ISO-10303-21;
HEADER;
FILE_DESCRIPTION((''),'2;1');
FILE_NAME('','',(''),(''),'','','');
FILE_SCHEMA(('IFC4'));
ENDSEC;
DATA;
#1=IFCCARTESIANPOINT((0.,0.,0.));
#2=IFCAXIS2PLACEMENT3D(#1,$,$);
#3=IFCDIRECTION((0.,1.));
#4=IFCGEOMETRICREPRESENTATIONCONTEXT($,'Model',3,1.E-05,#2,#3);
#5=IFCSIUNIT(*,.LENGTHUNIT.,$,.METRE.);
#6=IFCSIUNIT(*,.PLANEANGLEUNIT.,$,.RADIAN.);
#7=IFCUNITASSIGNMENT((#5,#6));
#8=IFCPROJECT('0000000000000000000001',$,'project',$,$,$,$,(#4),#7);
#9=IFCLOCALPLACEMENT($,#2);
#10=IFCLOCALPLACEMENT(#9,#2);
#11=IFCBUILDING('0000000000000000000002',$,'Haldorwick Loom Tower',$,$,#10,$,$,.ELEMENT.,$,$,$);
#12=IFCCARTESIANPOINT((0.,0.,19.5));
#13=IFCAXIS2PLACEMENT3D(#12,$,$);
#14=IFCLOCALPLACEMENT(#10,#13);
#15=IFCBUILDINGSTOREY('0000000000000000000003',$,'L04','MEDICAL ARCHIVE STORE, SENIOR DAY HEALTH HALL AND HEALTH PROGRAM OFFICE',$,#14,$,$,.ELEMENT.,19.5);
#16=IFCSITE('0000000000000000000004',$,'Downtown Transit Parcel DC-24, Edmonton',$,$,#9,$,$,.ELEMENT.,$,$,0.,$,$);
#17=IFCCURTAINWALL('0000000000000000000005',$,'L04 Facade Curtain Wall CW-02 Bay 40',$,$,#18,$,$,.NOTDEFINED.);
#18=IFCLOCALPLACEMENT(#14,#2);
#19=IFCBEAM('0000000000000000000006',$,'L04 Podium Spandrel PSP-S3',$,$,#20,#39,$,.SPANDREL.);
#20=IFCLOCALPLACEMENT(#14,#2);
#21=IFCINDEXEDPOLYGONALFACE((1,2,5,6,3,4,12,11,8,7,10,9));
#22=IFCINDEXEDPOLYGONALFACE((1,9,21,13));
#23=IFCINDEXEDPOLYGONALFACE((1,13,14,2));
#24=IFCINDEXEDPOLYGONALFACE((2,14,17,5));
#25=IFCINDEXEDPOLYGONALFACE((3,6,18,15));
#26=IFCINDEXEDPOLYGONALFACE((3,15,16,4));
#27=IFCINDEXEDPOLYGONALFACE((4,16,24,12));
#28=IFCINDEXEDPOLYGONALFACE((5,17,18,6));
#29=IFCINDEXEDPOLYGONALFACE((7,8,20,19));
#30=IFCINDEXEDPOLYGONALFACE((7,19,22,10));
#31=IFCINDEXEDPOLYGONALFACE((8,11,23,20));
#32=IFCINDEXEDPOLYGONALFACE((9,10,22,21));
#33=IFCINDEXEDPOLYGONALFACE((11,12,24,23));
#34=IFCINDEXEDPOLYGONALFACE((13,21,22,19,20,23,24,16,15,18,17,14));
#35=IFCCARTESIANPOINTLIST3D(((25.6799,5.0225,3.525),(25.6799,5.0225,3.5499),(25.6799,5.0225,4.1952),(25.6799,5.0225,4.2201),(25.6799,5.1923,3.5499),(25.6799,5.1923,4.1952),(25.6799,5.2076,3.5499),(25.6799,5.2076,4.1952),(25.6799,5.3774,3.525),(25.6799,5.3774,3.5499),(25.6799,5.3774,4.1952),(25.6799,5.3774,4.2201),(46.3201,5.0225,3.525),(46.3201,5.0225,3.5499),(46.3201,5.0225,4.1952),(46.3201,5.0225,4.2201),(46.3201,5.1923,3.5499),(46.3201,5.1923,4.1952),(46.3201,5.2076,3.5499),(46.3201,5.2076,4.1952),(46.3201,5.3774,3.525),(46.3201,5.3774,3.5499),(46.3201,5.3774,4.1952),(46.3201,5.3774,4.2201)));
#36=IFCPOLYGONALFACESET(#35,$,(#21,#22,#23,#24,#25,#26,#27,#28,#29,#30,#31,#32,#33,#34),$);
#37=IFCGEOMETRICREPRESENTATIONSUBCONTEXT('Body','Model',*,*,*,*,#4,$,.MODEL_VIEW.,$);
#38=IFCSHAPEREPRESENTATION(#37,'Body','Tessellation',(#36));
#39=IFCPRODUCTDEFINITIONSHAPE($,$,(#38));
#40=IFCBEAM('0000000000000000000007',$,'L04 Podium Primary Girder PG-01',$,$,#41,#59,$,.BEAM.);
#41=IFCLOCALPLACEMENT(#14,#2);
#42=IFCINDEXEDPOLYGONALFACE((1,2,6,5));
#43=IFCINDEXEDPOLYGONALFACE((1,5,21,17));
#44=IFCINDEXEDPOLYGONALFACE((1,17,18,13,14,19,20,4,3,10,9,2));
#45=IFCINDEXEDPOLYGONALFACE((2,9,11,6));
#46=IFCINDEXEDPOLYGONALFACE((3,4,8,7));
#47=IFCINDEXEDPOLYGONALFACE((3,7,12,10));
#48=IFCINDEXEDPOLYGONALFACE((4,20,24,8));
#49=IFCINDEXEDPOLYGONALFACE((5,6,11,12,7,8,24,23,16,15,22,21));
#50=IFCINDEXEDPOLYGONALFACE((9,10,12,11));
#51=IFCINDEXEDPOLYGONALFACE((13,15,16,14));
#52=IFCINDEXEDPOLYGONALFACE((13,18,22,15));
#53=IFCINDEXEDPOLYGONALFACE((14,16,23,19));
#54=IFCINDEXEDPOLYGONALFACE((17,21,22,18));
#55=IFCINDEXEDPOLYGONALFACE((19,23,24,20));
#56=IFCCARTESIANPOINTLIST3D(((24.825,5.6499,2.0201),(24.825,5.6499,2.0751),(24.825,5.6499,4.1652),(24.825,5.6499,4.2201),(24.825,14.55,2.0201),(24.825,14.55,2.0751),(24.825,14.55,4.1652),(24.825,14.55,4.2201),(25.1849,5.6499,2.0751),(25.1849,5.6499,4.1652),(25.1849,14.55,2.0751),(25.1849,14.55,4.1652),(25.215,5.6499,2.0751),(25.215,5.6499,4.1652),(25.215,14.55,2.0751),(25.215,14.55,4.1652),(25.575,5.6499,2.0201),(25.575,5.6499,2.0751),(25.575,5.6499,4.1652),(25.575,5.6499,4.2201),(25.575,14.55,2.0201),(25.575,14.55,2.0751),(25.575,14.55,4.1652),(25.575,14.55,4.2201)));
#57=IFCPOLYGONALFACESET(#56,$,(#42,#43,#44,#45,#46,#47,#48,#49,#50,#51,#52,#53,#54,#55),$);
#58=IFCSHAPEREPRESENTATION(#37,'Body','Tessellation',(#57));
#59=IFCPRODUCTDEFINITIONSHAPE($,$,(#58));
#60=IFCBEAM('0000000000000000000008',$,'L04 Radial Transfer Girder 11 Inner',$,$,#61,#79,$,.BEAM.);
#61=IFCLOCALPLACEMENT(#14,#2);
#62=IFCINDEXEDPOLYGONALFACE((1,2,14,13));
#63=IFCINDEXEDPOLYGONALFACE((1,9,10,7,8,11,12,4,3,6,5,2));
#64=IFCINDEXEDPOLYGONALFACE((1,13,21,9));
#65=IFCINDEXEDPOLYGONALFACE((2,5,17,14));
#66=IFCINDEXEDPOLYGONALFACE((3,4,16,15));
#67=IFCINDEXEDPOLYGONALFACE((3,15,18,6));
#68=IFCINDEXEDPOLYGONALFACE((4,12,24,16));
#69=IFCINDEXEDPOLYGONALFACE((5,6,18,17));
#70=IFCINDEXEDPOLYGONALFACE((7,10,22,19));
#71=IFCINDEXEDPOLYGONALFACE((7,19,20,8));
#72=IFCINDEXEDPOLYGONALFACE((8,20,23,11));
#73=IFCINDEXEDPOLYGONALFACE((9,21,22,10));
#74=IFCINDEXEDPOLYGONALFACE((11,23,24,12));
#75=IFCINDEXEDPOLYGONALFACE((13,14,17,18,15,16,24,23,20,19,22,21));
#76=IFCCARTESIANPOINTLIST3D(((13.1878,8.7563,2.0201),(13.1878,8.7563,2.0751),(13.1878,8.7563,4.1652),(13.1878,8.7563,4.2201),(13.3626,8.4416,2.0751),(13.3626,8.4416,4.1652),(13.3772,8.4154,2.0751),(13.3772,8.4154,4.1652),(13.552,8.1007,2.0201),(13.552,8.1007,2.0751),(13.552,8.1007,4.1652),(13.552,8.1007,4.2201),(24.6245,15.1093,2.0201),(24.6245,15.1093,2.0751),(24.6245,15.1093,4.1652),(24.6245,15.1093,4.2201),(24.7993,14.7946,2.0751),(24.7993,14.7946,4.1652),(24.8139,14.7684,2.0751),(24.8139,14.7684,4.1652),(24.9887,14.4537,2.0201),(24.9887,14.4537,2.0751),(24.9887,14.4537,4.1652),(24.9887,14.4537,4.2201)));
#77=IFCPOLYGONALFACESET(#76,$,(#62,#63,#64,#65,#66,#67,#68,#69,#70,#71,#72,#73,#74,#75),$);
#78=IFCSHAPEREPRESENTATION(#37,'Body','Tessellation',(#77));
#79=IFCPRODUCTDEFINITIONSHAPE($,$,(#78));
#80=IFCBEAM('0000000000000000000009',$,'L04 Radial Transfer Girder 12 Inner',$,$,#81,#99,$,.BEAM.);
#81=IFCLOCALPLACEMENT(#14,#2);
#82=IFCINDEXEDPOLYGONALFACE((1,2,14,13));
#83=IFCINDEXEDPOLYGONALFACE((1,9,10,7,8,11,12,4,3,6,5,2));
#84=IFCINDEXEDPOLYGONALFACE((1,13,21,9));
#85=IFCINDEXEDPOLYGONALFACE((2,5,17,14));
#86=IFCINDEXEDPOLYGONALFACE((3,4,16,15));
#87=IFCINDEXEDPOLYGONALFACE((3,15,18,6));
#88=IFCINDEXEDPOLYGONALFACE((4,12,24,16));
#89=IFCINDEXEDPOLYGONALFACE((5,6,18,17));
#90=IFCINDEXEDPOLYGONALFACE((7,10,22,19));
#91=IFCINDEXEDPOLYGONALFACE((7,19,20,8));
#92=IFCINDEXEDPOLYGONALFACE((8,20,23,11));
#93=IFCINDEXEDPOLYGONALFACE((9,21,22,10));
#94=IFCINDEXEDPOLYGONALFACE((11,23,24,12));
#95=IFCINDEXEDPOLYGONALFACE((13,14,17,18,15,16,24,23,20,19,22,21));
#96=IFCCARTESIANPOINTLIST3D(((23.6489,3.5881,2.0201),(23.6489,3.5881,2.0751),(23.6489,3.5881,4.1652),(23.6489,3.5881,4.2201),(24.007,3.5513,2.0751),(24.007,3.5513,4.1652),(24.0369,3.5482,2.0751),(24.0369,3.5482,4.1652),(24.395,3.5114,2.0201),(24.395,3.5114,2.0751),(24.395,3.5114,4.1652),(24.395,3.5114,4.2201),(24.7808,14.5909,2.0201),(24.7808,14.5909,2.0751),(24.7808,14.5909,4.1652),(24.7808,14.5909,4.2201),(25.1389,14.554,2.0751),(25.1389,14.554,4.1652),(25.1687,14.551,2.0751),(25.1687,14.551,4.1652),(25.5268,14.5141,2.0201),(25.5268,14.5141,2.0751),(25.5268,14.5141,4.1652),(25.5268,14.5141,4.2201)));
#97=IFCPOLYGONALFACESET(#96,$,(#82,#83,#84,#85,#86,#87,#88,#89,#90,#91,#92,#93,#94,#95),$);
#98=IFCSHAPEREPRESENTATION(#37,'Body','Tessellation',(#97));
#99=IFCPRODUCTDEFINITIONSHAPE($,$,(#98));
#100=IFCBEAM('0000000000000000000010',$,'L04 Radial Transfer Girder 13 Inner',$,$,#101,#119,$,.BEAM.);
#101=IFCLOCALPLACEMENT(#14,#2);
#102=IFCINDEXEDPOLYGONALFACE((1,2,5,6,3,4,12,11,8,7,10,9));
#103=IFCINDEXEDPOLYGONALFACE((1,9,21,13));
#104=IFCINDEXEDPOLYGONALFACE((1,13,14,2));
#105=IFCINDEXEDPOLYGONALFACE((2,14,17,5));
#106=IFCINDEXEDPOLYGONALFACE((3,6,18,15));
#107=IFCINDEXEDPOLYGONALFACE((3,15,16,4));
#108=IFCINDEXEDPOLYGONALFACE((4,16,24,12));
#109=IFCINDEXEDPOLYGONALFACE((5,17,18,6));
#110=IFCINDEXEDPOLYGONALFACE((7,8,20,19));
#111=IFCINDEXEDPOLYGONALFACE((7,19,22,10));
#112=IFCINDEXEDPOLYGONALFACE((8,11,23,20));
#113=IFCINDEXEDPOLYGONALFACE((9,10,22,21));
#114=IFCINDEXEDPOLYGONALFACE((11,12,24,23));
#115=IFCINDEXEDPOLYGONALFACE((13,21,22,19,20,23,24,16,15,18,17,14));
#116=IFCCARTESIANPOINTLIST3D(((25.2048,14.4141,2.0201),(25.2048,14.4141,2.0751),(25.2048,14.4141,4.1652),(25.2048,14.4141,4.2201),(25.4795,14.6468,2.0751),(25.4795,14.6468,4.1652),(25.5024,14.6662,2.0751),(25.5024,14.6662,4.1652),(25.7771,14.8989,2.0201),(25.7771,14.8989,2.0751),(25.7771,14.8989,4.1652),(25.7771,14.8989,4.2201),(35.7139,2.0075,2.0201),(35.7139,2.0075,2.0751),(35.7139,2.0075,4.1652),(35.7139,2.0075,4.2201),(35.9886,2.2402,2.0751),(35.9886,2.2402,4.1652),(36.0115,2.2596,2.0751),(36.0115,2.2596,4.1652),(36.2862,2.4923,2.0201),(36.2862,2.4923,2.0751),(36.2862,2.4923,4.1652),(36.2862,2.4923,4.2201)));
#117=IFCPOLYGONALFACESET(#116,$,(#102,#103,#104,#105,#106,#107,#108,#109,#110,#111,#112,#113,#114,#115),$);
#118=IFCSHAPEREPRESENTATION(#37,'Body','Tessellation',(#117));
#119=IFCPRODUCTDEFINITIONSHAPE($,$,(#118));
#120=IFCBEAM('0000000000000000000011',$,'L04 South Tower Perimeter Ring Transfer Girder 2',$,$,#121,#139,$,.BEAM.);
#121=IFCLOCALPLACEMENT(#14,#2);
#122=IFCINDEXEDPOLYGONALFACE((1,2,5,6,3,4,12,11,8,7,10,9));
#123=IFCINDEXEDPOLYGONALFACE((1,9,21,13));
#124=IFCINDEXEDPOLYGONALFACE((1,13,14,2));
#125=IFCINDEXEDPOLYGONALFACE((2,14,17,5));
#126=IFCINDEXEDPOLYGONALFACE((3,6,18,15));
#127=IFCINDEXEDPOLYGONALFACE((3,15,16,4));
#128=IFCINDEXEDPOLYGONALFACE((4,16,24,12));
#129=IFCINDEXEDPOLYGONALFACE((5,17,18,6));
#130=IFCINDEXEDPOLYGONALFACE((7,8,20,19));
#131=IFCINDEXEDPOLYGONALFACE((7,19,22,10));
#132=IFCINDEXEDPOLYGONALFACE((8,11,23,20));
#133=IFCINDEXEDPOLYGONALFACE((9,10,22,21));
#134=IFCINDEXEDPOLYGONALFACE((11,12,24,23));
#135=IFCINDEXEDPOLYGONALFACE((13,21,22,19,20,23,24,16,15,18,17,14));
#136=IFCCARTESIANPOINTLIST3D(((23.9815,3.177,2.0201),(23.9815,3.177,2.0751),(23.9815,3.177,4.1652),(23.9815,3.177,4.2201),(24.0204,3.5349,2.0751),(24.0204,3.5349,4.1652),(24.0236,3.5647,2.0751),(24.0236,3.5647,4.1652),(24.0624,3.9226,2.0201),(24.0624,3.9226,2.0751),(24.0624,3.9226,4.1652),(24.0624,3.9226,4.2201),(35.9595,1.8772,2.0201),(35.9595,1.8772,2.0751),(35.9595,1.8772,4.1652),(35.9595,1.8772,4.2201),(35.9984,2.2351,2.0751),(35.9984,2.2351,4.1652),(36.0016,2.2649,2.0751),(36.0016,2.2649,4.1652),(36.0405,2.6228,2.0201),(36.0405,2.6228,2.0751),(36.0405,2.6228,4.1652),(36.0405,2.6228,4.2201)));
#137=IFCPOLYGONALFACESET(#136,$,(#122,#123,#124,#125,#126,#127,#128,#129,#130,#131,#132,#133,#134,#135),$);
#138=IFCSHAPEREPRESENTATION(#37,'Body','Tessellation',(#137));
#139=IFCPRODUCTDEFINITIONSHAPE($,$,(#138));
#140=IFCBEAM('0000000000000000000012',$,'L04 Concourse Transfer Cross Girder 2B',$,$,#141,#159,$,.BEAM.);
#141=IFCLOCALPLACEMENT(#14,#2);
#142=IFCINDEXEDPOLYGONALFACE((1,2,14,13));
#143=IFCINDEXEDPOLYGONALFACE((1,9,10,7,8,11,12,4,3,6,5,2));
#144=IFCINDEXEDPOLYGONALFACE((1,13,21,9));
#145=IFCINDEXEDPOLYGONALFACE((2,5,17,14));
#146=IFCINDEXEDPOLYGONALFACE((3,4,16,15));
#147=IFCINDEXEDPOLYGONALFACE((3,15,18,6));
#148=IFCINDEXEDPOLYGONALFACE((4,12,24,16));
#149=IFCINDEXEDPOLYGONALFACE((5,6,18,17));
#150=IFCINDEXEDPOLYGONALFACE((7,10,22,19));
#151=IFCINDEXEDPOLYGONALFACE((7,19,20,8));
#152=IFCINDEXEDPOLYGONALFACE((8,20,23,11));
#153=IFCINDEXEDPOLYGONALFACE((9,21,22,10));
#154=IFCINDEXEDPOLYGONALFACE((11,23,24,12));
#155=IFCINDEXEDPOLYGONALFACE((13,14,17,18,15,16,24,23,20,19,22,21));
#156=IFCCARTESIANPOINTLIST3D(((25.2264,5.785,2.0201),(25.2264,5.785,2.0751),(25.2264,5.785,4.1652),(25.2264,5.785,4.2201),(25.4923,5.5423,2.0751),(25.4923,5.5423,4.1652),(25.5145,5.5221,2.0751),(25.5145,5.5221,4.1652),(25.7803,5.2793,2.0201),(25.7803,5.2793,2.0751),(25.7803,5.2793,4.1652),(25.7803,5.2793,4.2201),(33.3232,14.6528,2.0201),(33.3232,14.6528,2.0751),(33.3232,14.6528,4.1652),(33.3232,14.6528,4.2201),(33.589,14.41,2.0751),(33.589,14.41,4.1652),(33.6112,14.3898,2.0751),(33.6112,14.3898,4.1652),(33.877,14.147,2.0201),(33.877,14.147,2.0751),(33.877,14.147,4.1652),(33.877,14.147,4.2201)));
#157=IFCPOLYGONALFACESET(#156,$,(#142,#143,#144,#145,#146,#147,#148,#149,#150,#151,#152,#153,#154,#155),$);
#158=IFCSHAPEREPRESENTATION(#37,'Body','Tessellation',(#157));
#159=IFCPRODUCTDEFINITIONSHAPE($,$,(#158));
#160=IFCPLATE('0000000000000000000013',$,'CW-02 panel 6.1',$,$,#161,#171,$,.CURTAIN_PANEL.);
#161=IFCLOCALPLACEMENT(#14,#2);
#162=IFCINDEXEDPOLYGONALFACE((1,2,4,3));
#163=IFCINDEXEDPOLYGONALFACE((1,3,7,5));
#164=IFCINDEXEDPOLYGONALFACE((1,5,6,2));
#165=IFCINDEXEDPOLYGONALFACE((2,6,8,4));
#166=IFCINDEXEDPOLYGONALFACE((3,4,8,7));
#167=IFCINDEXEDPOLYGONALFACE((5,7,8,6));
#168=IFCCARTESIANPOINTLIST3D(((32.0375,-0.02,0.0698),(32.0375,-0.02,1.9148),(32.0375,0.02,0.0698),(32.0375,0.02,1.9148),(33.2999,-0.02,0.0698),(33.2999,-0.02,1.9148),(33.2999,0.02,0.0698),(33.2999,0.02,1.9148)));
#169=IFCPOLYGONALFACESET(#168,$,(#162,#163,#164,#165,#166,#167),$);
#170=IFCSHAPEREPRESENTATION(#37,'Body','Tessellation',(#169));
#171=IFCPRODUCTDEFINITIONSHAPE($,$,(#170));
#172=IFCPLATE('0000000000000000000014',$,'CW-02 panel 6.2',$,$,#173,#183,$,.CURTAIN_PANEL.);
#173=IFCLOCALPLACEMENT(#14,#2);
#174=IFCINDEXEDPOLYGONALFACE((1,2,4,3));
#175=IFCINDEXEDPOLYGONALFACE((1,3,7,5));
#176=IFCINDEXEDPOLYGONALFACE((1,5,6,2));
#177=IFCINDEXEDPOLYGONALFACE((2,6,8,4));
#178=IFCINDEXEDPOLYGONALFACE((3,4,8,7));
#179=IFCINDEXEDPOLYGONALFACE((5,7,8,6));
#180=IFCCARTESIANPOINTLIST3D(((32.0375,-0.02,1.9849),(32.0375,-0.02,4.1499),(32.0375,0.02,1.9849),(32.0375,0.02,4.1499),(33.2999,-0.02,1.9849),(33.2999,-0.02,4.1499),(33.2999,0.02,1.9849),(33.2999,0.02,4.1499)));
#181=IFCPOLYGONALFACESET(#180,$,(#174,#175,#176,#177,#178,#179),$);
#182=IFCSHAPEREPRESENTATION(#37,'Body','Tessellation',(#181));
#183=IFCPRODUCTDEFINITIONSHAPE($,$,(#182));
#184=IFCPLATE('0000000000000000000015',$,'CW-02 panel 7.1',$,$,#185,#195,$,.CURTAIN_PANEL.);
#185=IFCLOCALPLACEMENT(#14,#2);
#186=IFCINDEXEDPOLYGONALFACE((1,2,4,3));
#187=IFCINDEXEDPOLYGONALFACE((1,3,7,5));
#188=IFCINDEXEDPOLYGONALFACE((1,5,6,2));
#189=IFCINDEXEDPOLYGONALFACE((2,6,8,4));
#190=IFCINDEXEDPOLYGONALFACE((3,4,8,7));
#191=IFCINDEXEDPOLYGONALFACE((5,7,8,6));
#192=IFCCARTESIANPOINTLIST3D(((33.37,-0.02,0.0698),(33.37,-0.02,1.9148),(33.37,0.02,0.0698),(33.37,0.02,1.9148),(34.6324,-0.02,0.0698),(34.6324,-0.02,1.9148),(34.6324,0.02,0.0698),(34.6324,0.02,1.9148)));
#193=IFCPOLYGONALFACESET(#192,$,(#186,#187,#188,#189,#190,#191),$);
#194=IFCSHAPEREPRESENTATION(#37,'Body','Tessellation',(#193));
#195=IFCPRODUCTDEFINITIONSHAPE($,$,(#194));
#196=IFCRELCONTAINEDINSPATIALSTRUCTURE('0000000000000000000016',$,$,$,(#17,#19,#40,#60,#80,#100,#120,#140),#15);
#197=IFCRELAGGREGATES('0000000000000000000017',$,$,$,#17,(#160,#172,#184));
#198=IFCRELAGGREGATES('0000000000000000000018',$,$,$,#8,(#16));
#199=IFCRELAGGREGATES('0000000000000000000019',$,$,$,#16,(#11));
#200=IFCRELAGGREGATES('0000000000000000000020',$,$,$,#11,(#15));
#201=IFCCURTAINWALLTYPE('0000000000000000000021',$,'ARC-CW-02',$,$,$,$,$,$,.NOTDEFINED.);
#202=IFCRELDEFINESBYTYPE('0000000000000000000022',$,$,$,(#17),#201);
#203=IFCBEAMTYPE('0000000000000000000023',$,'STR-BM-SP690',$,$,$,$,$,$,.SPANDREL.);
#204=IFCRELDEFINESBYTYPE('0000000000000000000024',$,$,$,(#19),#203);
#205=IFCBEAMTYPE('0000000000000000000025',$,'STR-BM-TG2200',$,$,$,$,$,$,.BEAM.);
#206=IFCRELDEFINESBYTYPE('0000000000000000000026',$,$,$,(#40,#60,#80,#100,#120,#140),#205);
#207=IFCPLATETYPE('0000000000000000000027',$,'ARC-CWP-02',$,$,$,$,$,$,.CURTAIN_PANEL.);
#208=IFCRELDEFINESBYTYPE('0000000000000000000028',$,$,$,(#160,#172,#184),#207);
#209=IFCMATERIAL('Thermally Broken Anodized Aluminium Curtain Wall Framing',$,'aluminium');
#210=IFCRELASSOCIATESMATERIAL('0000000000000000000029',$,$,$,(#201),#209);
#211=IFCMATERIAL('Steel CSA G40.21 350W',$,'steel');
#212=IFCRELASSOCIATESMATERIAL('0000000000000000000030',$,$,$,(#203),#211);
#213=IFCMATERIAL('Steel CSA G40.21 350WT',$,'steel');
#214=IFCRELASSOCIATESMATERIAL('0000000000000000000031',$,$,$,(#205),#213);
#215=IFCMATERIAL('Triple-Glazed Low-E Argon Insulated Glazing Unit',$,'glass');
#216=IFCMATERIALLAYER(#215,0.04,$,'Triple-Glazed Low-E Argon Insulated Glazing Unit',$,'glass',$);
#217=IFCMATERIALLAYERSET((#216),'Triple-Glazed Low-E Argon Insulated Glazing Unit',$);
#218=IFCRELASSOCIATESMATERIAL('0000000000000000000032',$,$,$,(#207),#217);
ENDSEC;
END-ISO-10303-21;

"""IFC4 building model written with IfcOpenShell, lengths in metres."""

from ifc_helpers import new_model, si_unit, direction, frame, origin, origin_2d, place, context, subcontext, project, spatial, rectangle, i_section, extrude, material, layer, layer_set, material_profile, profile_set, type_object, element, aggregate, save


model = new_model("IFC4")

# Units and contexts
model_context = context("Model", 3, precision=1e-05, world=origin(), true_north=direction((0.0, 1.0)))
body_context = subcontext(model_context, "Body", "Model", "MODEL_VIEW")
ifc_project = project(units=[si_unit("LENGTHUNIT", "METRE"), si_unit("PLANEANGLEUNIT", "RADIAN")], contexts=[model_context])

# Site, building, storey
site_placement = place(None, origin())
site = spatial("IfcSite", under=ifc_project, at=site_placement, Name="Downtown Transit Parcel DC-24, Edmonton", CompositionType="ELEMENT", RefElevation=0.0)
building_placement = place(site_placement, origin())
building = spatial("IfcBuilding", under=site, at=building_placement, Name="Haldorwick Loom Tower", CompositionType="ELEMENT")
storey_placement = place(building_placement, frame((0.0, 0.0, 19.5)))
storey = spatial("IfcBuildingStorey", under=building, at=storey_placement, Name="L04", Description="MEDICAL ARCHIVE STORE, SENIOR DAY HEALTH HALL AND HEALTH PROGRAM OFFICE", CompositionType="ELEMENT", Elevation=19.5)

# Curtain wall
ifc_material_1 = material(Name="Thermally Broken Anodized Aluminium Curtain Wall Framing", Category="aluminium")
curtain_wall_type = type_object("IfcCurtainWallType", Name="ARC-CW-02", PredefinedType="NOTDEFINED", material=ifc_material_1)
curtain_wall_placement = place(storey_placement, origin())
curtain_wall = element("IfcCurtainWall", 1, at=curtain_wall_placement, inside=storey, type_object=curtain_wall_type, Name="L04 Facade Curtain Wall CW-02 Bay 40", PredefinedType="NOTDEFINED")

# Beams
ifc_material_2 = material(Name="Steel CSA G40.21 350W", Category="steel")
ifc_material_profile_1 = material_profile(ifc_material_2, i_section(OverallWidth=0.355, OverallDepth=0.6951, WebThickness=0.0154, FlangeThickness=0.0249, at=origin_2d()), Name="W690X217", Category="steel")
ifc_profile_set_1 = profile_set([ifc_material_profile_1], Name="Steel CSA G40.21 350W")
beam_type_1 = type_object("IfcBeamType", Name="STR-BM-SP690", PredefinedType="SPANDREL", material=ifc_profile_set_1)
beam_1_placement = place(storey_placement, frame((25.6799, 5.2, 3.8726), z_axis=(1.0, 0.0, 0.0), x_axis=(0.0, 1.0, 0.0)))
element("IfcBeam", 2, at=beam_1_placement, inside=storey, type_object=beam_type_1, Name="L04 Podium Spandrel PSP-S3", PredefinedType="SPANDREL", context=body_context, shape_type="SweptSolid", body=[
    extrude(i_section(OverallWidth=0.355, OverallDepth=0.6951, WebThickness=0.0154, FlangeThickness=0.0249, at=origin_2d()), origin(), (0.0, 0.0, 1.0), 20.6401),
])
ifc_material_3 = material(Name="Steel CSA G40.21 350WT", Category="steel")
ifc_material_profile_2 = material_profile(ifc_material_3, i_section(OverallWidth=0.75, OverallDepth=2.2, WebThickness=0.03, FlangeThickness=0.0549, at=origin_2d()), Name="WWF2200X750", Category="steel")
ifc_profile_set_2 = profile_set([ifc_material_profile_2], Name="Steel CSA G40.21 350WT")
beam_type_2 = type_object("IfcBeamType", Name="STR-BM-TG2200", PredefinedType="BEAM", material=ifc_profile_set_2)
beam_2_placement = place(storey_placement, frame((25.2, 5.6499, 3.1201), z_axis=(0.0, 1.0, 0.0), x_axis=(-1.0, 0.0, 0.0)))
element("IfcBeam", 3, at=beam_2_placement, inside=storey, type_object=beam_type_2, Name="L04 Podium Primary Girder PG-01", PredefinedType="BEAM", context=body_context, shape_type="SweptSolid", body=[
    extrude(i_section(OverallWidth=0.75, OverallDepth=2.2, WebThickness=0.03, FlangeThickness=0.0549, at=origin_2d()), origin(), (0.0, 0.0, 1.0), 8.9001),
])
beam_3_placement = place(storey_placement, frame((24.8066, 14.7815, 3.1201), z_axis=(-0.874181, -0.4856, 0.0), x_axis=(0.4856, -0.874181, 0.0)))
element("IfcBeam", 4, at=beam_3_placement, inside=storey, type_object=beam_type_2, Name="L04 Radial Transfer Girder 11 Inner", PredefinedType="BEAM", context=body_context, shape_type="SweptSolid", body=[
    extrude(i_section(OverallWidth=0.75, OverallDepth=2.2, WebThickness=0.03, FlangeThickness=0.0549, at=origin_2d()), origin(), (0.0, 0.0, 1.0), 13.0828),
])
beam_4_placement = place(storey_placement, frame((25.1538, 14.5525, 3.1201), z_axis=(-0.102329, -0.994751, 0.0), x_axis=(0.994751, -0.102329, 0.0)))
element("IfcBeam", 5, at=beam_4_placement, inside=storey, type_object=beam_type_2, Name="L04 Radial Transfer Girder 12 Inner", PredefinedType="BEAM", context=body_context, shape_type="SweptSolid", body=[
    extrude(i_section(OverallWidth=0.75, OverallDepth=2.2, WebThickness=0.03, FlangeThickness=0.0549, at=origin_2d()), origin(), (0.0, 0.0, 1.0), 11.0608),
])
beam_5_placement = place(storey_placement, frame((25.491, 14.6565, 3.1201), z_axis=(0.646345, -0.763046, 0.0), x_axis=(0.763046, 0.646345, 0.0)))
element("IfcBeam", 6, at=beam_5_placement, inside=storey, type_object=beam_type_2, Name="L04 Radial Transfer Girder 13 Inner", PredefinedType="BEAM", context=body_context, shape_type="SweptSolid", body=[
    extrude(i_section(OverallWidth=0.75, OverallDepth=2.2, WebThickness=0.03, FlangeThickness=0.0549, at=origin_2d()), origin(), (0.0, 0.0, 1.0), 16.2593),
])
beam_6_placement = place(storey_placement, frame((24.022, 3.5498, 3.1201), z_axis=(0.994164, -0.107882, 0.0), x_axis=(0.107882, 0.994164, 0.0)))
element("IfcBeam", 7, at=beam_6_placement, inside=storey, type_object=beam_type_2, Name="L04 South Tower Perimeter Ring Transfer Girder 2", PredefinedType="BEAM", context=body_context, shape_type="SweptSolid", body=[
    extrude(i_section(OverallWidth=0.75, OverallDepth=2.2, WebThickness=0.03, FlangeThickness=0.0549, at=origin_2d()), origin(), (0.0, 0.0, 1.0), 12.0483),
])
beam_7_placement = place(storey_placement, frame((33.6001, 14.3999, 3.1201), z_axis=(-0.674274, -0.738481, 0.0), x_axis=(0.738481, -0.674274, 0.0)))
element("IfcBeam", 8, at=beam_7_placement, inside=storey, type_object=beam_type_2, Name="L04 Concourse Transfer Cross Girder 2B", PredefinedType="BEAM", context=body_context, shape_type="SweptSolid", body=[
    extrude(i_section(OverallWidth=0.75, OverallDepth=2.2, WebThickness=0.03, FlangeThickness=0.0549, at=origin_2d()), origin(), (0.0, 0.0, 1.0), 12.0081),
])

# Plates
ifc_material_4 = material(Name="Triple-Glazed Low-E Argon Insulated Glazing Unit", Category="glass")
ifc_layer_1 = layer(ifc_material_4, 0.04, Name="Triple-Glazed Low-E Argon Insulated Glazing Unit", Category="glass")
ifc_layer_set_1 = layer_set([ifc_layer_1], Name="Triple-Glazed Low-E Argon Insulated Glazing Unit")
plate_type = type_object("IfcPlateType", Name="ARC-CWP-02", PredefinedType="CURTAIN_PANEL", material=ifc_layer_set_1)
plate_1_placement = place(storey_placement, frame((32.6687, 0.0, 0.0698), z_axis=(0.0, 0.0, 1.0), x_axis=(1.0, 0.0, 0.0)))
plate_1 = element("IfcPlate", 9, at=plate_1_placement, type_object=plate_type, Name="CW-02 panel 6.1", PredefinedType="CURTAIN_PANEL", context=body_context, shape_type="SweptSolid", body=[
    extrude(rectangle(XDim=1.2625, YDim=0.04, at=origin_2d()), origin(), (0.0, 0.0, 1.0), 1.845),
])
plate_2_placement = place(storey_placement, frame((32.6687, 0.0, 1.9849), z_axis=(0.0, 0.0, 1.0), x_axis=(1.0, 0.0, 0.0)))
plate_2 = element("IfcPlate", 10, at=plate_2_placement, type_object=plate_type, Name="CW-02 panel 6.2", PredefinedType="CURTAIN_PANEL", context=body_context, shape_type="SweptSolid", body=[
    extrude(rectangle(XDim=1.2625, YDim=0.04, at=origin_2d()), origin(), (0.0, 0.0, 1.0), 2.165),
])
plate_3_placement = place(storey_placement, frame((34.0012, 0.0, 0.0698), z_axis=(0.0, 0.0, 1.0), x_axis=(1.0, 0.0, 0.0)))
plate_3 = element("IfcPlate", 11, at=plate_3_placement, type_object=plate_type, Name="CW-02 panel 7.1", PredefinedType="CURTAIN_PANEL", context=body_context, shape_type="SweptSolid", body=[
    extrude(rectangle(XDim=1.2625, YDim=0.04, at=origin_2d()), origin(), (0.0, 0.0, 1.0), 1.845),
])
aggregate(curtain_wall, [plate_1, plate_2, plate_3])

save(model, "model.ifc")
